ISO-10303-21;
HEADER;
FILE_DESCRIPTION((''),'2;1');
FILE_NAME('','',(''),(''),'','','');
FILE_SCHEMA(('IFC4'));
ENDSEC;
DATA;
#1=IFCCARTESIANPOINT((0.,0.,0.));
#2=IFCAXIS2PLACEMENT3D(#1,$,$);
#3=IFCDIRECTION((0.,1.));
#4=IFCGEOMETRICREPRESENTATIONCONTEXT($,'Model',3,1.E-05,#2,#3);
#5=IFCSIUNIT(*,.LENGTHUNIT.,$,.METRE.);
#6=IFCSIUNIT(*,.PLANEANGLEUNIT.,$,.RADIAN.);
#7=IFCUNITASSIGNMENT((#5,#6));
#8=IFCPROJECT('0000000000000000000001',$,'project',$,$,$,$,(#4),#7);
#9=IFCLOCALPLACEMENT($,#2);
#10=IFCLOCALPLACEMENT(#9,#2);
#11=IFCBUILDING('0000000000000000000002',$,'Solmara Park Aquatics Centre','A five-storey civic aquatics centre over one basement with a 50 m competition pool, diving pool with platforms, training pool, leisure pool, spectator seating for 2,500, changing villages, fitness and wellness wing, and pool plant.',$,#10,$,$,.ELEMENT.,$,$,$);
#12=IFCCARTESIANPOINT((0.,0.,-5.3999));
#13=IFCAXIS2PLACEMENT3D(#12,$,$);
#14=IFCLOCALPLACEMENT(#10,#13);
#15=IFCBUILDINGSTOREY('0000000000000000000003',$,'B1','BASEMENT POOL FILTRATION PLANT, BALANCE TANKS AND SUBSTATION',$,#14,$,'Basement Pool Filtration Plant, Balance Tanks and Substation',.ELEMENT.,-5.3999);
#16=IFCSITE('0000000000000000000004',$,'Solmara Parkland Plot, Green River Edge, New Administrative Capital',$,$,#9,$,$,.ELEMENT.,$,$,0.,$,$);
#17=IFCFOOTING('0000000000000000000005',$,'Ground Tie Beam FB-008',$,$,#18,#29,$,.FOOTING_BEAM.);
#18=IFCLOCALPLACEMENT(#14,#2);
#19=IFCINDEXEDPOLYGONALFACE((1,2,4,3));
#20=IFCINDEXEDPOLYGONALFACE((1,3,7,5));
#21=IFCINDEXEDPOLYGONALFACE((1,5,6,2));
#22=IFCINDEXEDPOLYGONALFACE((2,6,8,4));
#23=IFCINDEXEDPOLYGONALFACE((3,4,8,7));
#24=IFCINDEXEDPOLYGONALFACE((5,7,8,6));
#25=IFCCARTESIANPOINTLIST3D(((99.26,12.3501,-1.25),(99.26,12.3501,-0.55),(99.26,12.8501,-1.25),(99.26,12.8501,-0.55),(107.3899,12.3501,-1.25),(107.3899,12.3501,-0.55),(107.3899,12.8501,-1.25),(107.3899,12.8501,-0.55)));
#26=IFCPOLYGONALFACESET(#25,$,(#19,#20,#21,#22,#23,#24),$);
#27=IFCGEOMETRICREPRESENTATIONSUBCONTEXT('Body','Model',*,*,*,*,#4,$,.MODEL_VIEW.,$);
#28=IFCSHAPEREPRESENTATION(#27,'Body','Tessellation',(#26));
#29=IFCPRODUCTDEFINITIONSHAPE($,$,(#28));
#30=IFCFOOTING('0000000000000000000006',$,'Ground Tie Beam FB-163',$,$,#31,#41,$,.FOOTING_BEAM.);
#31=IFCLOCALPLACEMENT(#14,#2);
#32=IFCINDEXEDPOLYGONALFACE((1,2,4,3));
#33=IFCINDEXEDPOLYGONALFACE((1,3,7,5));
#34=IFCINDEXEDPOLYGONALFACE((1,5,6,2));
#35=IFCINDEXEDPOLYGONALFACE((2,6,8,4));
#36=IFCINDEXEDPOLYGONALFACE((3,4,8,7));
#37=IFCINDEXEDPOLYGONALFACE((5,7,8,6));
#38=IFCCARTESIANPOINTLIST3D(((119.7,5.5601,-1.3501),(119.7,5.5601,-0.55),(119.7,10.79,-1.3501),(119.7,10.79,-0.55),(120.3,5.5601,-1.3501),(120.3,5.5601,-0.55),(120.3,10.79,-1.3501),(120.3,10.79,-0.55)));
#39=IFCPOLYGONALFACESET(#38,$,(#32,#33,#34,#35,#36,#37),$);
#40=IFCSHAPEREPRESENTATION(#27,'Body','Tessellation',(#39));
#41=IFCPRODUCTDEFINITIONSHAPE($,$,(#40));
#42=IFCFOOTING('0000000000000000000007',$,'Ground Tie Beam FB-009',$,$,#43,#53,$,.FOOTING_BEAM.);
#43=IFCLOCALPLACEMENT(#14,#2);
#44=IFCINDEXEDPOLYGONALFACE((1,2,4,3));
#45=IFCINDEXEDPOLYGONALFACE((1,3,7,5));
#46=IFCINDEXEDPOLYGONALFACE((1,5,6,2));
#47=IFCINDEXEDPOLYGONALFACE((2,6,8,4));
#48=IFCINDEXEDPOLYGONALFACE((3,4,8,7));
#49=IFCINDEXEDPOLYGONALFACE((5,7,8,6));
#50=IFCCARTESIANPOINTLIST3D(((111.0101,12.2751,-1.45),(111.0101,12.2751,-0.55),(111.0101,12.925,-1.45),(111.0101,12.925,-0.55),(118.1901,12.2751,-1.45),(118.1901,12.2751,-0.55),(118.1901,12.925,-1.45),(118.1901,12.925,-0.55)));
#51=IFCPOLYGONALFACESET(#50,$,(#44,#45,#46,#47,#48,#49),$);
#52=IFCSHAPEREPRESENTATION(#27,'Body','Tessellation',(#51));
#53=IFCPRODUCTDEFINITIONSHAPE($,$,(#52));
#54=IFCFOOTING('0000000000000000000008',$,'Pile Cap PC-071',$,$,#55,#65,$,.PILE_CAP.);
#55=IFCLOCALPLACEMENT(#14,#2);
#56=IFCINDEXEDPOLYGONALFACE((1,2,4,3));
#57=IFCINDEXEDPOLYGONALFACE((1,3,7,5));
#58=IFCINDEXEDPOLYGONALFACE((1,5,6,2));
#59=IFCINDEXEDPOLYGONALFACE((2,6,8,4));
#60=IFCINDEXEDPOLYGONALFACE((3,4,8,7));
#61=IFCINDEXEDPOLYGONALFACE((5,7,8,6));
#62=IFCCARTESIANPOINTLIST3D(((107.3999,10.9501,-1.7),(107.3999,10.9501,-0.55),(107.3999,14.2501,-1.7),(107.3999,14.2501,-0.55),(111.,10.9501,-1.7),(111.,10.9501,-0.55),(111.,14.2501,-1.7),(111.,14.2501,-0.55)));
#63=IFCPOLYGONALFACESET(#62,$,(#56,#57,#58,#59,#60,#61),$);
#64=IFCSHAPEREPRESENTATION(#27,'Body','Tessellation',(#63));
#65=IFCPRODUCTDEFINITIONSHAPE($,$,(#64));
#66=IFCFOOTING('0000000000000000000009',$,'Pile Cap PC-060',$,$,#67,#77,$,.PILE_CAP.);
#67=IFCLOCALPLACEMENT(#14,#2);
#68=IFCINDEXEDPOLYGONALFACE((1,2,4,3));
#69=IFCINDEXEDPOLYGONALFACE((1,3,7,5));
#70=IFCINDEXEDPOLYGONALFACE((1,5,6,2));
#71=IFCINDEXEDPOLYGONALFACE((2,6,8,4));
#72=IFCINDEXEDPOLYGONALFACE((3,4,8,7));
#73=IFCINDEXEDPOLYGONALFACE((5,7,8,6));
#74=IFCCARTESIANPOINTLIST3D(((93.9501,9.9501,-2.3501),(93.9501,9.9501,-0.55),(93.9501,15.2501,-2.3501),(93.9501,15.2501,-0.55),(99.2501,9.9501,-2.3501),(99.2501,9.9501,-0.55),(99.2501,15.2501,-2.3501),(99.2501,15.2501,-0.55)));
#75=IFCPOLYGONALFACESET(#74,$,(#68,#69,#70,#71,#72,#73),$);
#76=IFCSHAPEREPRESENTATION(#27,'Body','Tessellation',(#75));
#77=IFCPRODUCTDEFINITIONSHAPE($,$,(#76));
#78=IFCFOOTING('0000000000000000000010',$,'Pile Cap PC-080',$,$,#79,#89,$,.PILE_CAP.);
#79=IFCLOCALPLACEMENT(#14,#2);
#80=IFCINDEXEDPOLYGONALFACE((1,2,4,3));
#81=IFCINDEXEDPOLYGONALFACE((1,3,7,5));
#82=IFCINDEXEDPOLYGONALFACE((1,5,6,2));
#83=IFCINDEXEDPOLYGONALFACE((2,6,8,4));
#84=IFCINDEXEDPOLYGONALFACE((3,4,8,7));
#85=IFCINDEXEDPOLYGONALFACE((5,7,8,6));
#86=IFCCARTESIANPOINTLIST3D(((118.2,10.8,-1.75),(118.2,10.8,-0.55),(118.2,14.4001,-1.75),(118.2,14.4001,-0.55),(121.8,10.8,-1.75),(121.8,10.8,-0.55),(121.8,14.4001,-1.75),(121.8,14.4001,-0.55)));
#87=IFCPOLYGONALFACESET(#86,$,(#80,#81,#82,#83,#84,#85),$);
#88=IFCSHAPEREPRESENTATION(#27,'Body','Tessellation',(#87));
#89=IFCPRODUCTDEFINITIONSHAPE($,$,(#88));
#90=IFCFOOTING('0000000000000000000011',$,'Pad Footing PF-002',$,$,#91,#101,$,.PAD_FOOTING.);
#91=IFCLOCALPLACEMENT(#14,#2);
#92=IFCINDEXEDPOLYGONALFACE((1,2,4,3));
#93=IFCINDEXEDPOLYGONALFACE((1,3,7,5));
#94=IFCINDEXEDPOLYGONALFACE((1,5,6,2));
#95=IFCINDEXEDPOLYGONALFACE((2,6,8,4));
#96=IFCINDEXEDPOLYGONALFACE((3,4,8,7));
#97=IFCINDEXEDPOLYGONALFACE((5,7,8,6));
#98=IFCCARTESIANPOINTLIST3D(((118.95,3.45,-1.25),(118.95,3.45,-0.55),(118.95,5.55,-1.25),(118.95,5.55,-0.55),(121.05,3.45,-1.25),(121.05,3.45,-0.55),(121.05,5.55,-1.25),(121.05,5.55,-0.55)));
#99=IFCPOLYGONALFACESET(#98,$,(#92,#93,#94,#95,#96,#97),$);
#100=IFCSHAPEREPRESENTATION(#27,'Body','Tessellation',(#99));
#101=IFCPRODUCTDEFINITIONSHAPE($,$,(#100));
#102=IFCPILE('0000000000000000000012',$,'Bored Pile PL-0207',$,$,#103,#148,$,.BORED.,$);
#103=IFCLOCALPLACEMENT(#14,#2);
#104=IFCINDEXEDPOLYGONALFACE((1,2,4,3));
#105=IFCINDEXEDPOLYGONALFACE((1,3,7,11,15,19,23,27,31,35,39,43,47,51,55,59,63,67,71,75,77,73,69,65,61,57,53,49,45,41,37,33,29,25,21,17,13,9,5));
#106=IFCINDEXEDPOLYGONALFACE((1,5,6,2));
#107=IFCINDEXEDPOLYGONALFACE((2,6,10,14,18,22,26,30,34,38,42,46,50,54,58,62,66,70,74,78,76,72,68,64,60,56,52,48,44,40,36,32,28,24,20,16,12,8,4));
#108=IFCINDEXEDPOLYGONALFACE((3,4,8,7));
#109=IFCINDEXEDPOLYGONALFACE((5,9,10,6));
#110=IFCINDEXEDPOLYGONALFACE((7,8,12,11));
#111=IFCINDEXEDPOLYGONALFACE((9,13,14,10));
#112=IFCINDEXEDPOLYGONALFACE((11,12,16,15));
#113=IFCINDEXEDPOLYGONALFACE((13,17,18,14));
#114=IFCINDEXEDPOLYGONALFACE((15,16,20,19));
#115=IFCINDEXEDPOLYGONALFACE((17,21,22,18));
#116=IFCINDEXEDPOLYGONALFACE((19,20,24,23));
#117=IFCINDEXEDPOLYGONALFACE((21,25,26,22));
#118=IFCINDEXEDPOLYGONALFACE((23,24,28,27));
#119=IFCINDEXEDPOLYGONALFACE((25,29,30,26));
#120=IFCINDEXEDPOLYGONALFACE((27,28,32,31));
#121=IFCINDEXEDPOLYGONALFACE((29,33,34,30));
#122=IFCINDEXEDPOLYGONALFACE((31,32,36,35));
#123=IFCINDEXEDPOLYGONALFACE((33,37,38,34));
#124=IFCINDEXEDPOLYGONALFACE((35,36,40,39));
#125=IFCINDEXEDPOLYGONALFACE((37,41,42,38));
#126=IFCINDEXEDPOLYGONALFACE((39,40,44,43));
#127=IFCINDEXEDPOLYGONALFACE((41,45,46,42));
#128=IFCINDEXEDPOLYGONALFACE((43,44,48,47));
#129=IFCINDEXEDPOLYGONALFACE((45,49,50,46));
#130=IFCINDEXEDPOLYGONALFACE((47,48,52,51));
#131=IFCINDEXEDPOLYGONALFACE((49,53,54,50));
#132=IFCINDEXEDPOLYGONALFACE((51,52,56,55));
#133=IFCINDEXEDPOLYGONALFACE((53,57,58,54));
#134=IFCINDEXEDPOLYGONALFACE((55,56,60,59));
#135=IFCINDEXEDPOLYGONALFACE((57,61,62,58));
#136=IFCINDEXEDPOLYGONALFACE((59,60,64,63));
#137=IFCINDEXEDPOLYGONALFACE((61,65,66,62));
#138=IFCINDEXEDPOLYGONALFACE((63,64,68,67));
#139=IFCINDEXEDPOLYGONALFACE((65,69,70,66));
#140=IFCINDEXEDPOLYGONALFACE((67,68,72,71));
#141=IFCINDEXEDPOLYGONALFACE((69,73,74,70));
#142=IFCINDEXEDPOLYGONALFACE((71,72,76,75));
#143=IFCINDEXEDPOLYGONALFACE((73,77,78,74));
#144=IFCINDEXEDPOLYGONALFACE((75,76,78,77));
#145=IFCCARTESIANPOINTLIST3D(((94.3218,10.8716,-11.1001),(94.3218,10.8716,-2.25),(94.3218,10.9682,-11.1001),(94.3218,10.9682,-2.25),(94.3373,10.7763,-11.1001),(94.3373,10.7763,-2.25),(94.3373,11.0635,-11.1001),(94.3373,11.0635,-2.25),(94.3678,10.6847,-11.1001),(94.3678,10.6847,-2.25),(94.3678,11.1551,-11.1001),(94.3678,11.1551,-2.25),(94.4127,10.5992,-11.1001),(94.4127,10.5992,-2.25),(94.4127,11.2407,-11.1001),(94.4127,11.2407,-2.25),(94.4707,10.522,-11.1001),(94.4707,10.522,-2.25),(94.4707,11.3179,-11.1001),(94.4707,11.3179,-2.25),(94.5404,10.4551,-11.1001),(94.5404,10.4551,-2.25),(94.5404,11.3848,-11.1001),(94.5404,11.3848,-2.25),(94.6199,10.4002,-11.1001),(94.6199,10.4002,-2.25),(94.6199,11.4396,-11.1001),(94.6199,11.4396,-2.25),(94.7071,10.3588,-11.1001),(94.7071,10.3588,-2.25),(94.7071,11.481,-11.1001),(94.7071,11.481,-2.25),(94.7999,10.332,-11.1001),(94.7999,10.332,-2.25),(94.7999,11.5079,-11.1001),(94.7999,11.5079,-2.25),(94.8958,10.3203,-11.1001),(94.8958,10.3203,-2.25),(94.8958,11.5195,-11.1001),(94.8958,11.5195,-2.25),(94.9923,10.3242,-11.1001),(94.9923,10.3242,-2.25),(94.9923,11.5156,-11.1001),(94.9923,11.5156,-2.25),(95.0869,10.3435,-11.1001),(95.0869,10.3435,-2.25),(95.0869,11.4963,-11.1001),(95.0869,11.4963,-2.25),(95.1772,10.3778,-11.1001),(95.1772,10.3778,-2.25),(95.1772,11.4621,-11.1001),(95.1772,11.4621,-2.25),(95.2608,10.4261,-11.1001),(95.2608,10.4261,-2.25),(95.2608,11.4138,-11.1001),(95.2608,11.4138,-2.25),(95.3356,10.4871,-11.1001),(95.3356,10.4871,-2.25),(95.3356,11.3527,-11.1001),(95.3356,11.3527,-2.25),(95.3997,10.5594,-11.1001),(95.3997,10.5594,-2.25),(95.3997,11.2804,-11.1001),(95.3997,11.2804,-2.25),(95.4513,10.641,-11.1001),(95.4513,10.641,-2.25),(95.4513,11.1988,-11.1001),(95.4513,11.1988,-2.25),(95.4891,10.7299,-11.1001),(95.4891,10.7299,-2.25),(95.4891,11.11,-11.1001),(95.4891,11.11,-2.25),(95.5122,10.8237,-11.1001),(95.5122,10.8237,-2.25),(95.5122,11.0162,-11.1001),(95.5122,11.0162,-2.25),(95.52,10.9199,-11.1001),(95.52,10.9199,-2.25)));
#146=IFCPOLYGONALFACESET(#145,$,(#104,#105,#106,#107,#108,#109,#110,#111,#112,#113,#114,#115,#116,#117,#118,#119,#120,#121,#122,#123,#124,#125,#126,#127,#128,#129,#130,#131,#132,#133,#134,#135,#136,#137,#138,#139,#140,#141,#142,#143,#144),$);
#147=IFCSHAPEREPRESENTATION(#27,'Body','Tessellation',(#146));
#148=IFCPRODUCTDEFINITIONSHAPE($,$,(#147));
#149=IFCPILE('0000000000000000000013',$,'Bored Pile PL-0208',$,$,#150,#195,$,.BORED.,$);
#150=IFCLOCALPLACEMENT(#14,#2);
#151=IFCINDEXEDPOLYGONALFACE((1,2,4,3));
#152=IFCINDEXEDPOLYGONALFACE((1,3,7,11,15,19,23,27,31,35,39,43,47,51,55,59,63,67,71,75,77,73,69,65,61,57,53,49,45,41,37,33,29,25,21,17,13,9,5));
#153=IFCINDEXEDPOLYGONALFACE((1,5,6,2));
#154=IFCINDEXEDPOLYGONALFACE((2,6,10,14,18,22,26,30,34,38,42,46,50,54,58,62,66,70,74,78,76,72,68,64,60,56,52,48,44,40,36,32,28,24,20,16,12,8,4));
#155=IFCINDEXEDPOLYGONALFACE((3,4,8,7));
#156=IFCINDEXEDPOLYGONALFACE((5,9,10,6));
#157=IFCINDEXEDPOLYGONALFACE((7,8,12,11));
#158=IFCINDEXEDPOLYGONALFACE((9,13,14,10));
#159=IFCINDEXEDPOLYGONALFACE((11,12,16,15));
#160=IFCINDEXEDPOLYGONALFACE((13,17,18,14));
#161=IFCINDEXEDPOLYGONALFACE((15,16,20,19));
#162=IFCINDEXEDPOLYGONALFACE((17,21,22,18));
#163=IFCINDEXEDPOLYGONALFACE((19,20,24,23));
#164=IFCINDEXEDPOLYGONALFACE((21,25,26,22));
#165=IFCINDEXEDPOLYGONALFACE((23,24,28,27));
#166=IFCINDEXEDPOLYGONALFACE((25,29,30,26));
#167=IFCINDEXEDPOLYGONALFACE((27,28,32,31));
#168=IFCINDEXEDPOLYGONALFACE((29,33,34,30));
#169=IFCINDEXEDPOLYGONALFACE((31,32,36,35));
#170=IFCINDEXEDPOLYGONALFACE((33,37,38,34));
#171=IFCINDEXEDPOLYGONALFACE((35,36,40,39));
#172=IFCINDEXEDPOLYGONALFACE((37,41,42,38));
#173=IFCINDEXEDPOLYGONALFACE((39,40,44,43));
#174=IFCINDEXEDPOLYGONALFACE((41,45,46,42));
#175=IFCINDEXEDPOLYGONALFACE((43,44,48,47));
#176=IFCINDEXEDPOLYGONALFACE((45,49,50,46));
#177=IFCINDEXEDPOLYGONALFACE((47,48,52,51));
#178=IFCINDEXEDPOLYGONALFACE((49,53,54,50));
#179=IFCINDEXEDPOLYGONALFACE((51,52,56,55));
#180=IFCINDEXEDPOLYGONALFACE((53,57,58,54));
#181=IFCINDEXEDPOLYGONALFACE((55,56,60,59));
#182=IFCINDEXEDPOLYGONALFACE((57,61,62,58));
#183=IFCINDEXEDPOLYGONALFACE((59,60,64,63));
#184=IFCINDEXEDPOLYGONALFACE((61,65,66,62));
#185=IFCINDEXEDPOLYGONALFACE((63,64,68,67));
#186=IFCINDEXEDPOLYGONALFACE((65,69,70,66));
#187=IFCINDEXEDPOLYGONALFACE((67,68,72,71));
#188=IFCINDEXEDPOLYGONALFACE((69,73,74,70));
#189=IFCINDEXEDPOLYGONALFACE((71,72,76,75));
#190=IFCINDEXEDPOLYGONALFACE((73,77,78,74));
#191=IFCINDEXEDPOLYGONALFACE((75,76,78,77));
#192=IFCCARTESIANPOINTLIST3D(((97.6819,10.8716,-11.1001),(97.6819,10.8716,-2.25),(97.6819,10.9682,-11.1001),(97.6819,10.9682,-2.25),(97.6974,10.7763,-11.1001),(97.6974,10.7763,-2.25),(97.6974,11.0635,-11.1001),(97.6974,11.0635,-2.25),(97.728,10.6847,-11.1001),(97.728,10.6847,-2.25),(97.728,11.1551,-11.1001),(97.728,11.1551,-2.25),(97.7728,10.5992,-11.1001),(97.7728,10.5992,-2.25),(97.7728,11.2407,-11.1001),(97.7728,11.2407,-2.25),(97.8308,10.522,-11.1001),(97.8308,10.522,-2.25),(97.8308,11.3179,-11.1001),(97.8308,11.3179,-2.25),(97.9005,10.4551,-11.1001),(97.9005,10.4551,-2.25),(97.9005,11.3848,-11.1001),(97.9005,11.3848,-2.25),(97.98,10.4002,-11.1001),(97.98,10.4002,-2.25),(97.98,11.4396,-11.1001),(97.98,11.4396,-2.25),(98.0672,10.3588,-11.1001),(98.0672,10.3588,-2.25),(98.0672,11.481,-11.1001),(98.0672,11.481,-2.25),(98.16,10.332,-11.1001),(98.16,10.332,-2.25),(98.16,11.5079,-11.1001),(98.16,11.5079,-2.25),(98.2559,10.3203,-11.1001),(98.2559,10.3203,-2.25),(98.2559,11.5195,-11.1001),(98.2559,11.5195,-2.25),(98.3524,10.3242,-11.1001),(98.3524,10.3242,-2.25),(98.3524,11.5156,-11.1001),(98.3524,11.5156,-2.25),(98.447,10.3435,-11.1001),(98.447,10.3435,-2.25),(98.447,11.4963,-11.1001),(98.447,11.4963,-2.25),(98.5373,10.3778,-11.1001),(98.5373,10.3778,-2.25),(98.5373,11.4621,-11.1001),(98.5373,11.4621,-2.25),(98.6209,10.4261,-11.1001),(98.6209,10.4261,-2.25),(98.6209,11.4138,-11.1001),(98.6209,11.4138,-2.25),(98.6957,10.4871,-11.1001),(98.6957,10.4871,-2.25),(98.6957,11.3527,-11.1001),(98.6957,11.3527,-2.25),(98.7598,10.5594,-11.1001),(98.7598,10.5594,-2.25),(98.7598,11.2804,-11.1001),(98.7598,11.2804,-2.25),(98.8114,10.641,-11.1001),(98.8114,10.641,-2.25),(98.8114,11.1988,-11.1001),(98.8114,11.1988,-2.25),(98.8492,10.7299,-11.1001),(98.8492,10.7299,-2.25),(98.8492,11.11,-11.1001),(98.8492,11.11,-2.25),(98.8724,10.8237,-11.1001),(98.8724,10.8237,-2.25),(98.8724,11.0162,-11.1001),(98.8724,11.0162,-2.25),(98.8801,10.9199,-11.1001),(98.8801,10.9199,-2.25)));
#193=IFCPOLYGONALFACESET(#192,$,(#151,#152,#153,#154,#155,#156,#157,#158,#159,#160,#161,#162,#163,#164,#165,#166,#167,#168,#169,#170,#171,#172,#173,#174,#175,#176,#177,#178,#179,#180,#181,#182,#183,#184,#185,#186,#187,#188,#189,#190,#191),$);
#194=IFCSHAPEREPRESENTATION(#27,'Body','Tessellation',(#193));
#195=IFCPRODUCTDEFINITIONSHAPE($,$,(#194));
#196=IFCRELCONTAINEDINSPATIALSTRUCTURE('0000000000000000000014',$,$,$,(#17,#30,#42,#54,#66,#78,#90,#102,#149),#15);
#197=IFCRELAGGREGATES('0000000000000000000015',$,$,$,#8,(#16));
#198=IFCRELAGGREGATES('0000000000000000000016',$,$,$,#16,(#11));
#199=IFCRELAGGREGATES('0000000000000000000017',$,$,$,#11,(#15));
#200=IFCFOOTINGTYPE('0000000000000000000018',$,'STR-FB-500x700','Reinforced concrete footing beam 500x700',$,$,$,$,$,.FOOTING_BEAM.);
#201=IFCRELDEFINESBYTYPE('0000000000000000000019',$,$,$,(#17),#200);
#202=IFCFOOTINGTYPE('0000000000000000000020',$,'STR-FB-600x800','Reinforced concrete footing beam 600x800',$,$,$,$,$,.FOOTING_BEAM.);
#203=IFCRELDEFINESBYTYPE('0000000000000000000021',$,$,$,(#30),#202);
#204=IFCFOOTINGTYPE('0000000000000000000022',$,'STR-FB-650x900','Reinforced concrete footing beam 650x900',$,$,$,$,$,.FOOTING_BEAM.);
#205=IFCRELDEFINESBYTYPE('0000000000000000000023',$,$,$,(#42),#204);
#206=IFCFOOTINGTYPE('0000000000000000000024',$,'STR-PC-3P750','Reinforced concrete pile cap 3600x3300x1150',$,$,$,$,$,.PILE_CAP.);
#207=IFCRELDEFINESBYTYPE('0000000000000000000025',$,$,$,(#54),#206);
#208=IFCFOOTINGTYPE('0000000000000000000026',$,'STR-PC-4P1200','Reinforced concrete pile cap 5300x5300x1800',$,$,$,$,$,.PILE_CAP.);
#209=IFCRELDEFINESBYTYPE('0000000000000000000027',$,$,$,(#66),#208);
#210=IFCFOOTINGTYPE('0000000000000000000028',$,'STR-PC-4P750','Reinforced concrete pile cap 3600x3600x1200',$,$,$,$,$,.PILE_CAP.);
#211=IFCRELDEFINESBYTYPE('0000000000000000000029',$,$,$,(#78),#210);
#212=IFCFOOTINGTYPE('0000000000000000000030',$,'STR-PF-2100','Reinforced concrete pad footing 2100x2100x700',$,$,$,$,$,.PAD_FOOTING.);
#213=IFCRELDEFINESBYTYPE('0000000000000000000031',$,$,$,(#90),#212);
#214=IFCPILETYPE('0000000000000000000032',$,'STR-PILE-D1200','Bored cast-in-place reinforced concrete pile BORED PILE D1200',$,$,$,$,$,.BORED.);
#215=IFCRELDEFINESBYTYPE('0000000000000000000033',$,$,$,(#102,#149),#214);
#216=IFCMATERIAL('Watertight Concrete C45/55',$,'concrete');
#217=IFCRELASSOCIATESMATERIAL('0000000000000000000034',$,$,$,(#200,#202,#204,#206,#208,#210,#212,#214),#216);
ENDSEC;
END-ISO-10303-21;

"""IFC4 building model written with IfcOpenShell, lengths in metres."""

from ifc_helpers import new_model, si_unit, direction, frame, origin, origin_2d, place, context, subcontext, project, spatial, rectangle, circle, extrude, material, material_profile, profile_set, type_object, element, save


model = new_model("IFC4")

# Units and contexts
model_context = context("Model", 3, precision=1e-05, world=origin(), true_north=direction((0.0, 1.0)))
body_context = subcontext(model_context, "Body", "Model", "MODEL_VIEW")
ifc_project = project(units=[si_unit("LENGTHUNIT", "METRE"), si_unit("PLANEANGLEUNIT", "RADIAN")], contexts=[model_context])

# Site, building, storey
site_placement = place(None, origin())
site = spatial("IfcSite", under=ifc_project, at=site_placement, Name="Solmara Parkland Plot, Green River Edge, New Administrative Capital", CompositionType="ELEMENT", RefElevation=0.0)
building_placement = place(site_placement, origin())
building = spatial("IfcBuilding", under=site, at=building_placement, Name="Solmara Park Aquatics Centre", Description="A five-storey civic aquatics centre over one basement with a 50 m competition pool, diving pool with platforms, training pool, leisure pool, spectator seating for 2,500, changing villages, fitness and wellness wing, and pool plant.", CompositionType="ELEMENT")
storey_placement = place(building_placement, frame((0.0, 0.0, -5.3999)))
storey = spatial("IfcBuildingStorey", under=building, at=storey_placement, Name="B1", Description="BASEMENT POOL FILTRATION PLANT, BALANCE TANKS AND SUBSTATION", LongName="Basement Pool Filtration Plant, Balance Tanks and Substation", CompositionType="ELEMENT", Elevation=-5.3999)

# Footings
ifc_material_1 = material(Name="Watertight Concrete C45/55", Category="concrete")
footing_type_1 = type_object("IfcFootingType", Name="STR-FB-500x700", Description="Reinforced concrete footing beam 500x700", PredefinedType="FOOTING_BEAM", material=ifc_material_1)
footing_1_placement = place(storey_placement, frame((103.325, 12.6001, -1.25), z_axis=(0.0, 0.0, 1.0), x_axis=(1.0, 0.0, 0.0)))
element("IfcFooting", 1, at=footing_1_placement, inside=storey, type_object=footing_type_1, Name="Ground Tie Beam FB-008", PredefinedType="FOOTING_BEAM", context=body_context, shape_type="SweptSolid", body=[
    extrude(rectangle(XDim=8.1299, YDim=0.5, at=origin_2d()), origin(), (0.0, 0.0, 1.0), 0.7),
])
footing_type_2 = type_object("IfcFootingType", Name="STR-FB-600x800", Description="Reinforced concrete footing beam 600x800", PredefinedType="FOOTING_BEAM", material=ifc_material_1)
footing_2_placement = place(storey_placement, frame((120.0, 8.175, -1.3501), z_axis=(0.0, 0.0, 1.0), x_axis=(1.0, 0.0, 0.0)))
element("IfcFooting", 2, at=footing_2_placement, inside=storey, type_object=footing_type_2, Name="Ground Tie Beam FB-163", PredefinedType="FOOTING_BEAM", context=body_context, shape_type="SweptSolid", body=[
    extrude(rectangle(XDim=0.6001, YDim=5.23, at=origin_2d()), origin(), (0.0, 0.0, 1.0), 0.8),
])
footing_type_3 = type_object("IfcFootingType", Name="STR-FB-650x900", Description="Reinforced concrete footing beam 650x900", PredefinedType="FOOTING_BEAM", material=ifc_material_1)
footing_3_placement = place(storey_placement, frame((114.6001, 12.6001, -1.45), z_axis=(0.0, 0.0, 1.0), x_axis=(1.0, 0.0, 0.0)))
element("IfcFooting", 3, at=footing_3_placement, inside=storey, type_object=footing_type_3, Name="Ground Tie Beam FB-009", PredefinedType="FOOTING_BEAM", context=body_context, shape_type="SweptSolid", body=[
    extrude(rectangle(XDim=7.1799, YDim=0.6499, at=origin_2d()), origin(), (0.0, 0.0, 1.0), 0.8999),
])
footing_type_4 = type_object("IfcFootingType", Name="STR-PC-3P750", Description="Reinforced concrete pile cap 3600x3300x1150", PredefinedType="PILE_CAP", material=ifc_material_1)
footing_4_placement = place(storey_placement, frame((109.2, 12.6001, -1.7), z_axis=(0.0, 0.0, 1.0), x_axis=(1.0, 0.0, 0.0)))
element("IfcFooting", 4, at=footing_4_placement, inside=storey, type_object=footing_type_4, Name="Pile Cap PC-071", PredefinedType="PILE_CAP", context=body_context, shape_type="SweptSolid", body=[
    extrude(rectangle(XDim=3.6001, YDim=3.3, at=origin_2d()), origin(), (0.0, 0.0, 1.0), 1.1499),
])
footing_type_5 = type_object("IfcFootingType", Name="STR-PC-4P1200", Description="Reinforced concrete pile cap 5300x5300x1800", PredefinedType="PILE_CAP", material=ifc_material_1)
footing_5_placement = place(storey_placement, frame((96.6001, 12.6001, -2.3501), z_axis=(0.0, 0.0, 1.0), x_axis=(1.0, 0.0, 0.0)))
element("IfcFooting", 5, at=footing_5_placement, inside=storey, type_object=footing_type_5, Name="Pile Cap PC-060", PredefinedType="PILE_CAP", context=body_context, shape_type="SweptSolid", body=[
    extrude(rectangle(XDim=5.3, YDim=5.3, at=origin_2d()), origin(), (0.0, 0.0, 1.0), 1.8),
])
footing_type_6 = type_object("IfcFootingType", Name="STR-PC-4P750", Description="Reinforced concrete pile cap 3600x3600x1200", PredefinedType="PILE_CAP", material=ifc_material_1)
footing_6_placement = place(storey_placement, frame((120.0, 12.6001, -1.75), z_axis=(0.0, 0.0, 1.0), x_axis=(1.0, 0.0, 0.0)))
element("IfcFooting", 6, at=footing_6_placement, inside=storey, type_object=footing_type_6, Name="Pile Cap PC-080", PredefinedType="PILE_CAP", context=body_context, shape_type="SweptSolid", body=[
    extrude(rectangle(XDim=3.6001, YDim=3.6001, at=origin_2d()), origin(), (0.0, 0.0, 1.0), 1.2),
])
footing_type_7 = type_object("IfcFootingType", Name="STR-PF-2100", Description="Reinforced concrete pad footing 2100x2100x700", PredefinedType="PAD_FOOTING", material=ifc_material_1)
footing_7_placement = place(storey_placement, frame((120.0, 4.5, -1.25), z_axis=(0.0, 0.0, 1.0), x_axis=(1.0, 0.0, 0.0)))
element("IfcFooting", 7, at=footing_7_placement, inside=storey, type_object=footing_type_7, Name="Pad Footing PF-002", PredefinedType="PAD_FOOTING", context=body_context, shape_type="SweptSolid", body=[
    extrude(rectangle(XDim=2.1001, YDim=2.1001, at=origin_2d()), origin(), (0.0, 0.0, 1.0), 0.7),
])

# Piles
ifc_material_profile_1 = material_profile(ifc_material_1, circle(Radius=0.6001, at=origin_2d()), Name="BORED PILE D1200")
ifc_profile_set_1 = profile_set([ifc_material_profile_1], Name="Watertight Concrete C45/55")
pile_type_1 = type_object("IfcPileType", Name="STR-PILE-D1200", Description="Bored cast-in-place reinforced concrete pile BORED PILE D1200", PredefinedType="BORED", material=ifc_profile_set_1)
for number, where, z_axis, x_axis, name in (
    (8, (94.9199, 10.9199, -2.25), (0.0, 0.0, -1.0), (1.0, 0.0, 0.0), "Bored Pile PL-0207"),
    (9, (98.28, 10.9199, -2.25), (0.0, 0.0, -1.0), (1.0, 0.0, 0.0), "Bored Pile PL-0208"),
):
    element("IfcPile", number, at=place(storey_placement, frame(where, z_axis=z_axis, x_axis=x_axis)), inside=storey, type_object=pile_type_1, Name=name, PredefinedType="BORED", context=body_context, shape_type="SweptSolid", body=[
        extrude(circle(Radius=0.6001, at=origin_2d()), origin(), (0.0, 0.0, 1.0), 8.8501),
    ])

save(model, "model.ifc")
